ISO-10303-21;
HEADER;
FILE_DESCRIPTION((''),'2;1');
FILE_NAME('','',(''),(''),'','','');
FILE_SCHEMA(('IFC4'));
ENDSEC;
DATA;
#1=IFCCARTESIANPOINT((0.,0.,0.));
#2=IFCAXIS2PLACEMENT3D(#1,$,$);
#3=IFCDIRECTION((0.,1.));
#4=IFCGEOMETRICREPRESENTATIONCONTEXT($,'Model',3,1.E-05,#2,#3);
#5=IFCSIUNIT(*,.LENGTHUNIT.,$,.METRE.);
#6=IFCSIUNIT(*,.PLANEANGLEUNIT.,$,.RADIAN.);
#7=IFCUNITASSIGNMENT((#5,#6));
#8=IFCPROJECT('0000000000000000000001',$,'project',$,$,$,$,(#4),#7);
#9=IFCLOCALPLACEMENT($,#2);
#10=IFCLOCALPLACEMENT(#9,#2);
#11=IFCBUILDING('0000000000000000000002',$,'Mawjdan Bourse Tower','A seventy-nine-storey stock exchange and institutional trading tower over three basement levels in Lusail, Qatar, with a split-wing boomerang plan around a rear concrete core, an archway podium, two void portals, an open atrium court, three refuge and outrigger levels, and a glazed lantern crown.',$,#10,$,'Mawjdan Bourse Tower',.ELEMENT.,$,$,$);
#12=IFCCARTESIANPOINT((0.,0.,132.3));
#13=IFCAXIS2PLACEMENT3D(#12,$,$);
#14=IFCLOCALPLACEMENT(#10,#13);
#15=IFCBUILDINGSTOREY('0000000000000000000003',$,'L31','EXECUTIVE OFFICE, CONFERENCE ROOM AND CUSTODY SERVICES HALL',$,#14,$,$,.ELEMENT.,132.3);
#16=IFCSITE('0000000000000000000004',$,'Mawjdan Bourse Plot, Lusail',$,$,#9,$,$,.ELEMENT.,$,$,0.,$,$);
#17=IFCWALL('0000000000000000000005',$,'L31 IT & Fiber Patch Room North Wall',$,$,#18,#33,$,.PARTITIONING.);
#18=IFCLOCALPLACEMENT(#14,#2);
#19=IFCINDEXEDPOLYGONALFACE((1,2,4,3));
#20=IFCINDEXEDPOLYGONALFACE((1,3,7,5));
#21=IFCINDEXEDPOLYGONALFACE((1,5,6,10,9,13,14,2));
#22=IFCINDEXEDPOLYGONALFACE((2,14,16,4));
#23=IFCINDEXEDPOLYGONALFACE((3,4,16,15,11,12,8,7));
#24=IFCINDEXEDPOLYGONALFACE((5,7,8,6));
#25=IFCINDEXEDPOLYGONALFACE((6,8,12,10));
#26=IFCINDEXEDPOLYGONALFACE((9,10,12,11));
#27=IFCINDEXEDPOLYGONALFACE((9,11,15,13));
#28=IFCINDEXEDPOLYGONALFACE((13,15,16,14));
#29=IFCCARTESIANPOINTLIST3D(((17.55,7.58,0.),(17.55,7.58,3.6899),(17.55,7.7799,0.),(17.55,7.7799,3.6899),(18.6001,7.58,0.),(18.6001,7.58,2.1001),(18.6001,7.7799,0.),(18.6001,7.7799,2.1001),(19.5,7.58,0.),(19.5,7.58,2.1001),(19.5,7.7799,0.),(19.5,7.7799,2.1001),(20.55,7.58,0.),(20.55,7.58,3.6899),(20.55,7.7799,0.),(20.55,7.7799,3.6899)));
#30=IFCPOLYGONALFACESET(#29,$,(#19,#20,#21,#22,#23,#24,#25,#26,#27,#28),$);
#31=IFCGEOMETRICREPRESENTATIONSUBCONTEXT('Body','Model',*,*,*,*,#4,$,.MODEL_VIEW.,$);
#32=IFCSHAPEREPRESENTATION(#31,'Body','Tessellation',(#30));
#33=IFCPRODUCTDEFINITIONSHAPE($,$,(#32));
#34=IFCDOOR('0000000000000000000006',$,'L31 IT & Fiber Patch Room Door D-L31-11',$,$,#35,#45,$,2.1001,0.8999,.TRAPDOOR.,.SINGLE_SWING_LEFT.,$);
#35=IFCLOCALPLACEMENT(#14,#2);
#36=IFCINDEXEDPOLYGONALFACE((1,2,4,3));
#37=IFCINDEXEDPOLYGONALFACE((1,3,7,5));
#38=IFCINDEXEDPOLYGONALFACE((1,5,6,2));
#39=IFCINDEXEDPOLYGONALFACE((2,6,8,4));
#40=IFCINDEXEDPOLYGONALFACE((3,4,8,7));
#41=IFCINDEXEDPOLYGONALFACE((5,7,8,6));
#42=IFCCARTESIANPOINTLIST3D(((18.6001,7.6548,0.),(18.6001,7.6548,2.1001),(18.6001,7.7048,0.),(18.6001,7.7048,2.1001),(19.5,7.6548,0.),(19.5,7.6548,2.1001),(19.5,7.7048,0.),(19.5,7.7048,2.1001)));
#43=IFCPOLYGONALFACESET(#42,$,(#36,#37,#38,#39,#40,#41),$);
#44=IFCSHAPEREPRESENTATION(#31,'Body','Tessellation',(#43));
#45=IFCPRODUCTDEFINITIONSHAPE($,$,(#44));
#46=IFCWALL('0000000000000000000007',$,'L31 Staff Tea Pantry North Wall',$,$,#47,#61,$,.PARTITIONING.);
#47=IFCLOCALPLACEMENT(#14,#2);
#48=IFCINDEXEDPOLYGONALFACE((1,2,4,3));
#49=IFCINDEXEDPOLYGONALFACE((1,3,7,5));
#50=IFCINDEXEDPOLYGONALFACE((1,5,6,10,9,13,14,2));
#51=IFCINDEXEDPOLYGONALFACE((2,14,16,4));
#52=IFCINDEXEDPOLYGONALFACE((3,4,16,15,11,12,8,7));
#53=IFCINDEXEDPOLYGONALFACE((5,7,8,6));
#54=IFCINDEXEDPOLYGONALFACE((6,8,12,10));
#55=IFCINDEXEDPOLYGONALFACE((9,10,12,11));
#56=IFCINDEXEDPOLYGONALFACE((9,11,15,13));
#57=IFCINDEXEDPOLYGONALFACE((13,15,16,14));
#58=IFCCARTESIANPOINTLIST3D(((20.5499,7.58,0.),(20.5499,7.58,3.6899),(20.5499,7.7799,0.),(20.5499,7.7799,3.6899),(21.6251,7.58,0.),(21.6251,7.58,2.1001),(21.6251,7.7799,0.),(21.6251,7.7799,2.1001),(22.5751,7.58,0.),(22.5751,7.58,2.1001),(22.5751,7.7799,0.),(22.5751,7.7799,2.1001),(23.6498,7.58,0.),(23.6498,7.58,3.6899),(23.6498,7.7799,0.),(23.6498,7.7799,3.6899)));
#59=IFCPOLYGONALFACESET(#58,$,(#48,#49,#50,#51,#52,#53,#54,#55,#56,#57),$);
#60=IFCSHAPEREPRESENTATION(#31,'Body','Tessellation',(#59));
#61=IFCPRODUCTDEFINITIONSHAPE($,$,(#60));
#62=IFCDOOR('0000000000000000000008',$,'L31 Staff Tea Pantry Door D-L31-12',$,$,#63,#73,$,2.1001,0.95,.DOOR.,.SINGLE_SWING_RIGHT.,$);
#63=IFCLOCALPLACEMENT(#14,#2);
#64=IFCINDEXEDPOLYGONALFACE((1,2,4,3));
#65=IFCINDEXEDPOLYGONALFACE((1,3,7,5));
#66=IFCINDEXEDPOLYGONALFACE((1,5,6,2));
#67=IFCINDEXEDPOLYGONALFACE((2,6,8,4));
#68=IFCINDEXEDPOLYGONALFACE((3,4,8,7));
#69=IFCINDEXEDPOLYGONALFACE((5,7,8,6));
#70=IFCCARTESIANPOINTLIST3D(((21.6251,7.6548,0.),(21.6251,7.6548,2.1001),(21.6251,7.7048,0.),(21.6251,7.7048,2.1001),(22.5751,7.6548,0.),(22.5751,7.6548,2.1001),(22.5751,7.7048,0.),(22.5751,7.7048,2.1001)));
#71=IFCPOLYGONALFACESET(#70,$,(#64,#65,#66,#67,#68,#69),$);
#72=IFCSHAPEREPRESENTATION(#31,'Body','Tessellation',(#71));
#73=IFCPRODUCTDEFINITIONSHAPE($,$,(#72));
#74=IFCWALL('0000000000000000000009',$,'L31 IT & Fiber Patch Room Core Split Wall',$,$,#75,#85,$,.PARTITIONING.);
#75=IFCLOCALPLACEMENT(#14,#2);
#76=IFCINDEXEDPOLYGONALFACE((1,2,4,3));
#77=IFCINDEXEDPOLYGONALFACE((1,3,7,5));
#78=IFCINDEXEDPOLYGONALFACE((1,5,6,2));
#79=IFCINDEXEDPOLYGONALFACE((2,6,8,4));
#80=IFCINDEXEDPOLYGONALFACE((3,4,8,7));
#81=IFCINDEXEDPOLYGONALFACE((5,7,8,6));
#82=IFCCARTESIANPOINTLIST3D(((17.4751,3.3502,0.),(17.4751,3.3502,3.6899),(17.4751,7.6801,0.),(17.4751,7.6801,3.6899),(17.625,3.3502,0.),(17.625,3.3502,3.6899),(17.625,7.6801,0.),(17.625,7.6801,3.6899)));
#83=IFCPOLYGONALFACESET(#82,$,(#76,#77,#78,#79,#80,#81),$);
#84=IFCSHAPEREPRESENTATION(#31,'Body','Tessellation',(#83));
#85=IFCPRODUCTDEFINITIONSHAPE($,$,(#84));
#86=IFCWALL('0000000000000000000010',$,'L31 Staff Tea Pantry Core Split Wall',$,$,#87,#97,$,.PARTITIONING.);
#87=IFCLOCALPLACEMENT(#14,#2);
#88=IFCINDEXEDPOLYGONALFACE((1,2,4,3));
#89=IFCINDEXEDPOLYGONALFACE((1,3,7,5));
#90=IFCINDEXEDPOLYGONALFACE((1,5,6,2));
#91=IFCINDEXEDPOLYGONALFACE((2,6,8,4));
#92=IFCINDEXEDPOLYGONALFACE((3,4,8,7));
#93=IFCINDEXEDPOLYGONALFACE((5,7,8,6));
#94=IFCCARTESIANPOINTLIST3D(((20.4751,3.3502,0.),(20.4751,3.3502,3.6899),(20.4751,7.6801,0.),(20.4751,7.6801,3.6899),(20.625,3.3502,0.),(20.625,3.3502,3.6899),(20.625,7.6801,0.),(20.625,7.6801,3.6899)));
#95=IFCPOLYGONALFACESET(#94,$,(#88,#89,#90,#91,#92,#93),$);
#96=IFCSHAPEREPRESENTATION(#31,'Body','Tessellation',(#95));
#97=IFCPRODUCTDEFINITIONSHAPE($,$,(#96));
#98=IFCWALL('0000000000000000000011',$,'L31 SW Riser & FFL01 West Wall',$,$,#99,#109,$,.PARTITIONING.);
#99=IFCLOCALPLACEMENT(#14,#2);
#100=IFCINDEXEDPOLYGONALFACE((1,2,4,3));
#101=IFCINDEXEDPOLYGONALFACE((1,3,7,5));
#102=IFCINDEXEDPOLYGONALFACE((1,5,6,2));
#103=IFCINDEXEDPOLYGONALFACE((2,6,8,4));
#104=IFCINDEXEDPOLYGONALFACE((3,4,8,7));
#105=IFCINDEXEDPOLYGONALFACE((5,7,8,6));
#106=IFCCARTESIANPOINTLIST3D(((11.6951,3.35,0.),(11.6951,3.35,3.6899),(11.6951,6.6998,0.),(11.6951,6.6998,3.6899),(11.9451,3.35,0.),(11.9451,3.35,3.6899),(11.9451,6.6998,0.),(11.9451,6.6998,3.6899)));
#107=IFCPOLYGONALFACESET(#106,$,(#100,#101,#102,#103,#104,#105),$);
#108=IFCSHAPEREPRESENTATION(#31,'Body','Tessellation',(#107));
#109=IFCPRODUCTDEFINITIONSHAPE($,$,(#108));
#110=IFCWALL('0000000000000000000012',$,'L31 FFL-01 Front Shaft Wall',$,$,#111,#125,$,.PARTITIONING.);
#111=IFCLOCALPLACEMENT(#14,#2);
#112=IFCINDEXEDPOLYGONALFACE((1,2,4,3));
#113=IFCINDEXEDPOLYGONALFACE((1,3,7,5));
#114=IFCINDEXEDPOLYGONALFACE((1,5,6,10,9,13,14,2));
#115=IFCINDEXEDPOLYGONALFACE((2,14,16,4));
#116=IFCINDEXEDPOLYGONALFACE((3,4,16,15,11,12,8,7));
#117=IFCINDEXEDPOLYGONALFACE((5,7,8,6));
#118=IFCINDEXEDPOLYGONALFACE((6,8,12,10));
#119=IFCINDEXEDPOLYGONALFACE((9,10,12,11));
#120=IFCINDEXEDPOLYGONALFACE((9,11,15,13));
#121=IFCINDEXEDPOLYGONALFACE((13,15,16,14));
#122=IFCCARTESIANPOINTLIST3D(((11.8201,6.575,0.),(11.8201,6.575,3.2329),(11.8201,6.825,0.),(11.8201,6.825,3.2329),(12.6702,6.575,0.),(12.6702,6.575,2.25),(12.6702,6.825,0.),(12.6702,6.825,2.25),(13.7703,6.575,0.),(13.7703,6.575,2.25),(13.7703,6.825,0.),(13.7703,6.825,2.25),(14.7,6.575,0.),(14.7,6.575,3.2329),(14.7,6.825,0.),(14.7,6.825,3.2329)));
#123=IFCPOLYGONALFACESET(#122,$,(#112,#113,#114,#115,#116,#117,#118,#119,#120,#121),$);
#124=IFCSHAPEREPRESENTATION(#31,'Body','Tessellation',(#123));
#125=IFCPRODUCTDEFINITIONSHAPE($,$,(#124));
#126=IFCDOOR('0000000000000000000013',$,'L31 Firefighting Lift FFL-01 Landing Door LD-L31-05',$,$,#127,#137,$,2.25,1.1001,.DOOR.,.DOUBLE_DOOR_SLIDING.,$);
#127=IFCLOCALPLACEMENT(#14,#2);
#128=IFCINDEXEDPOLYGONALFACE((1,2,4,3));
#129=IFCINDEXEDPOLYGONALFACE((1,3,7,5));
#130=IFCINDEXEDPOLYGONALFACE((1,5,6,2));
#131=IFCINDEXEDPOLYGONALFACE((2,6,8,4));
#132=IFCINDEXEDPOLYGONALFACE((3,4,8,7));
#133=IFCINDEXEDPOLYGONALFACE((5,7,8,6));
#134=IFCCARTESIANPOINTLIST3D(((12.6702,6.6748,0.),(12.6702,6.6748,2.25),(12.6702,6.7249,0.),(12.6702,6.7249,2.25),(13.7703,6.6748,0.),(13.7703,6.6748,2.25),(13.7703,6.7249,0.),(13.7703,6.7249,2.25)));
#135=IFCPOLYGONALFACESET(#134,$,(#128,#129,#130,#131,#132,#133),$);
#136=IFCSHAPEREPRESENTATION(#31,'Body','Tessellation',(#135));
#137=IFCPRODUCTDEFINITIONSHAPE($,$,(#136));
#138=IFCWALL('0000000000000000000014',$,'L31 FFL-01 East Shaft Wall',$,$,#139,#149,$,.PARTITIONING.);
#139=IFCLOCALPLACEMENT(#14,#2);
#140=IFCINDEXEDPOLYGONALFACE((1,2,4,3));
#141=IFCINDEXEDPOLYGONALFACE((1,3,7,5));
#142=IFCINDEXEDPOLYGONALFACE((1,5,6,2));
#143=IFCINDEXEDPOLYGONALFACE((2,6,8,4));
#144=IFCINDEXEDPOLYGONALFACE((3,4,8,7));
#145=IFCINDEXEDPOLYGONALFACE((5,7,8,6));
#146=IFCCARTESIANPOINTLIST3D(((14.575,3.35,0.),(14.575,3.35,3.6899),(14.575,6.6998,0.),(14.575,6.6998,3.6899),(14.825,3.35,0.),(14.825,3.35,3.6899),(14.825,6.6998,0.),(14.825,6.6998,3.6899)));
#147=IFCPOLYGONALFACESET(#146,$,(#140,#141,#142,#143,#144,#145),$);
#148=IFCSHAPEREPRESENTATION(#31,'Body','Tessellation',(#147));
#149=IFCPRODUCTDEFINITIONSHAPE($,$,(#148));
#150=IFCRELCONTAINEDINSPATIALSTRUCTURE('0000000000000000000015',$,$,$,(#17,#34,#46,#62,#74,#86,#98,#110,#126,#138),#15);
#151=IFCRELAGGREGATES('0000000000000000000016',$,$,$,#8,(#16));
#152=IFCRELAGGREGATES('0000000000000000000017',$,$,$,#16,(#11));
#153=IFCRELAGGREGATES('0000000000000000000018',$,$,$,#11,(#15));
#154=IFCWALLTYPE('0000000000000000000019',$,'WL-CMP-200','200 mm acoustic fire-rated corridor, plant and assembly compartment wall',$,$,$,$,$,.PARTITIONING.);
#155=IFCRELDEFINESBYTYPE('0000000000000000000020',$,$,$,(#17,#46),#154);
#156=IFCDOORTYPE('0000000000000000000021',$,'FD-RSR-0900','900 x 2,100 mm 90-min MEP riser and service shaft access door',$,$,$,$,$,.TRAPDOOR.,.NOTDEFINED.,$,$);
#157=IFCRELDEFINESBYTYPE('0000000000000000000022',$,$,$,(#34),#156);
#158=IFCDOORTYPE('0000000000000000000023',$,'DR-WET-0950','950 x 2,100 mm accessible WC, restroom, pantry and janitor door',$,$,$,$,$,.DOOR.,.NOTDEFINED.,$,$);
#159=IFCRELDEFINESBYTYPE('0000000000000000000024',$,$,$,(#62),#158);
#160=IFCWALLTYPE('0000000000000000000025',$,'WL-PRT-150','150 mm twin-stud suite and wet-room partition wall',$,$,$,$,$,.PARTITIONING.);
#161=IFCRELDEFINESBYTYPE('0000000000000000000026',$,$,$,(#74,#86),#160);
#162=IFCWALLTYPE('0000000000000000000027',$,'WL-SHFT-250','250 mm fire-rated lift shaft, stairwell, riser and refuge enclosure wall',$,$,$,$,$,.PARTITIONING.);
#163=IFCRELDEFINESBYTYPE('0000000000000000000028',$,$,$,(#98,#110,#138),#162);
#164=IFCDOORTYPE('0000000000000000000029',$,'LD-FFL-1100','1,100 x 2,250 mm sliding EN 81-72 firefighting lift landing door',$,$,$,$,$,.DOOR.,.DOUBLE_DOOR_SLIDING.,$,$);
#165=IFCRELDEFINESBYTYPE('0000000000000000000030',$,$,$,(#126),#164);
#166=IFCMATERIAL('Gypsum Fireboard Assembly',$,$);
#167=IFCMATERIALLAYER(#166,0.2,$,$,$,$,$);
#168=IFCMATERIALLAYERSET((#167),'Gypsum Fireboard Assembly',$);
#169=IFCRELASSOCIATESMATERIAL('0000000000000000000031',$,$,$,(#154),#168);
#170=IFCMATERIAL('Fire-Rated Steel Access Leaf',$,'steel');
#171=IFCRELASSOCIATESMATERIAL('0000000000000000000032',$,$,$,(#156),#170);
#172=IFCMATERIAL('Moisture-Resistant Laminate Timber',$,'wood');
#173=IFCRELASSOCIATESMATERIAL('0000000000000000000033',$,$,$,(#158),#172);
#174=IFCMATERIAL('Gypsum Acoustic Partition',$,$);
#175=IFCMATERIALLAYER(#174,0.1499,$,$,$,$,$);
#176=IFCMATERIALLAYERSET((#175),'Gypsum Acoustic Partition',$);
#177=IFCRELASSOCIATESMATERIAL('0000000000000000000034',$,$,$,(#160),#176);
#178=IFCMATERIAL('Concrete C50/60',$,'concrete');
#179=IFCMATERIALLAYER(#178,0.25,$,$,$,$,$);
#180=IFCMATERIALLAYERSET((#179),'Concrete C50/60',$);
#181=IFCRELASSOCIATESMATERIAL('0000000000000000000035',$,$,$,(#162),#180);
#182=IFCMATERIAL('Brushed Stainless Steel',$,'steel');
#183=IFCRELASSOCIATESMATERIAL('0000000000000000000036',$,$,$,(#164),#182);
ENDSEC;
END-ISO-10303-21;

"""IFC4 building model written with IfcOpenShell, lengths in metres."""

from ifc_helpers import new_model, si_unit, direction, frame, frame_2d, origin, place, context, subcontext, project, spatial, rectangle, extrude, material, layer, layer_set, type_object, element, fill, save


model = new_model("IFC4")

# Units and contexts
model_context = context("Model", 3, precision=1e-05, world=origin(), true_north=direction((0.0, 1.0)))
body_context = subcontext(model_context, "Body", "Model", "MODEL_VIEW")
ifc_project = project(units=[si_unit("LENGTHUNIT", "METRE"), si_unit("PLANEANGLEUNIT", "RADIAN")], contexts=[model_context])

# Site, building, storey
site_placement = place(None, origin())
site = spatial("IfcSite", under=ifc_project, at=site_placement, Name="Mawjdan Bourse Plot, Lusail", CompositionType="ELEMENT", RefElevation=0.0)
building_placement = place(site_placement, origin())
building = spatial("IfcBuilding", under=site, at=building_placement, Name="Mawjdan Bourse Tower", Description="A seventy-nine-storey stock exchange and institutional trading tower over three basement levels in Lusail, Qatar, with a split-wing boomerang plan around a rear concrete core, an archway podium, two void portals, an open atrium court, three refuge and outrigger levels, and a glazed lantern crown.", LongName="Mawjdan Bourse Tower", CompositionType="ELEMENT")
storey_placement = place(building_placement, frame((0.0, 0.0, 132.3)))
storey = spatial("IfcBuildingStorey", under=building, at=storey_placement, Name="L31", Description="EXECUTIVE OFFICE, CONFERENCE ROOM AND CUSTODY SERVICES HALL", CompositionType="ELEMENT", Elevation=132.3)

# Walls, openings, doors
ifc_material_1 = material(Name="Gypsum Fireboard Assembly")
ifc_layer_1 = layer(ifc_material_1, 0.2)
ifc_layer_set_1 = layer_set([ifc_layer_1], Name="Gypsum Fireboard Assembly")
wall_type_1 = type_object("IfcWallType", Name="WL-CMP-200", Description="200 mm acoustic fire-rated corridor, plant and assembly compartment wall", PredefinedType="PARTITIONING", material=ifc_layer_set_1)
wall_1_placement = place(storey_placement, frame((17.55, 7.6799, 0.0), z_axis=(0.0, 0.0, 1.0), x_axis=(1.0, 0.0, 0.0)))
wall_1 = element("IfcWall", 1, at=wall_1_placement, inside=storey, type_object=wall_type_1, Name="L31 IT & Fiber Patch Room North Wall", PredefinedType="PARTITIONING", context=body_context, shape_type="SweptSolid", body=[
    extrude(rectangle(XDim=3.0, YDim=0.2, at=frame_2d((1.5, 0.0))), origin(), (0.0, 0.0, 1.0), 3.6899),
])
opening_1_placement = place(wall_1_placement, frame((1.05, 0.0, 0.0)))
opening_1 = element("IfcOpeningElement", 2, at=opening_1_placement, cuts=wall_1, PredefinedType="OPENING", context=body_context, shape_type="SweptSolid", body=[
    extrude(rectangle(XDim=0.8999, YDim=2.1001, at=frame_2d((0.45, 1.05))), frame((0.0, 0.1099, 0.0), z_axis=(0.0, -1.0, 0.0), x_axis=(1.0, 0.0, 0.0)), (0.0, 0.0, 1.0), 0.22),
])
ifc_material_2 = material(Name="Fire-Rated Steel Access Leaf", Category="steel")
door_type_1 = type_object("IfcDoorType", Name="FD-RSR-0900", Description="900 x 2,100 mm 90-min MEP riser and service shaft access door", OperationType="NOTDEFINED", PredefinedType="TRAPDOOR", material=ifc_material_2)
door_1_placement = place(opening_1_placement, origin())
door_1 = element("IfcDoor", 3, at=door_1_placement, inside=storey, type_object=door_type_1, Name="L31 IT & Fiber Patch Room Door D-L31-11", OperationType="SINGLE_SWING_LEFT", OverallHeight=2.1001, OverallWidth=0.8999, PredefinedType="TRAPDOOR", context=body_context, shape_type="SweptSolid", body=[
    extrude(rectangle(XDim=0.8999, YDim=2.1001, at=frame_2d((0.45, 1.05))), frame((0.0, 0.0249, 0.0), z_axis=(0.0, -1.0, 0.0), x_axis=(1.0, 0.0, 0.0)), (0.0, 0.0, 1.0), 0.05),
])
fill(opening_1, door_1)
wall_2_placement = place(storey_placement, frame((20.55, 7.6799, 0.0), z_axis=(0.0, 0.0, 1.0), x_axis=(1.0, 0.0, 0.0)))
wall_2 = element("IfcWall", 4, at=wall_2_placement, inside=storey, type_object=wall_type_1, Name="L31 Staff Tea Pantry North Wall", PredefinedType="PARTITIONING", context=body_context, shape_type="SweptSolid", body=[
    extrude(rectangle(XDim=3.0999, YDim=0.2, at=frame_2d((1.5498, 0.0))), origin(), (0.0, 0.0, 1.0), 3.6899),
])
opening_2_placement = place(wall_2_placement, frame((1.075, 0.0, 0.0)))
opening_2 = element("IfcOpeningElement", 5, at=opening_2_placement, cuts=wall_2, PredefinedType="OPENING", context=body_context, shape_type="SweptSolid", body=[
    extrude(rectangle(XDim=0.95, YDim=2.1001, at=frame_2d((0.4751, 1.05))), frame((0.0, 0.1099, 0.0), z_axis=(0.0, -1.0, 0.0), x_axis=(1.0, 0.0, 0.0)), (0.0, 0.0, 1.0), 0.22),
])
ifc_material_3 = material(Name="Moisture-Resistant Laminate Timber", Category="wood")
door_type_2 = type_object("IfcDoorType", Name="DR-WET-0950", Description="950 x 2,100 mm accessible WC, restroom, pantry and janitor door", OperationType="NOTDEFINED", PredefinedType="DOOR", material=ifc_material_3)
door_2_placement = place(opening_2_placement, origin())
door_2 = element("IfcDoor", 6, at=door_2_placement, inside=storey, type_object=door_type_2, Name="L31 Staff Tea Pantry Door D-L31-12", OperationType="SINGLE_SWING_RIGHT", OverallHeight=2.1001, OverallWidth=0.95, PredefinedType="DOOR", context=body_context, shape_type="SweptSolid", body=[
    extrude(rectangle(XDim=0.95, YDim=2.1001, at=frame_2d((0.4751, 1.05))), frame((0.0, 0.0249, 0.0), z_axis=(0.0, -1.0, 0.0), x_axis=(1.0, 0.0, 0.0)), (0.0, 0.0, 1.0), 0.05),
])
fill(opening_2, door_2)

# Walls
ifc_material_4 = material(Name="Gypsum Acoustic Partition")
ifc_layer_2 = layer(ifc_material_4, 0.1499)
ifc_layer_set_2 = layer_set([ifc_layer_2], Name="Gypsum Acoustic Partition")
wall_type_2 = type_object("IfcWallType", Name="WL-PRT-150", Description="150 mm twin-stud suite and wet-room partition wall", PredefinedType="PARTITIONING", material=ifc_layer_set_2)
for number, where, z_axis, x_axis, name in (
    (7, (17.55, 3.3501, 0.0), (0.0, 0.0, 1.0), (0.0, 1.0, 0.0), "L31 IT & Fiber Patch Room Core Split Wall"),
    (8, (20.55, 3.3501, 0.0), (0.0, 0.0, 1.0), (0.0, 1.0, 0.0), "L31 Staff Tea Pantry Core Split Wall"),
):
    element("IfcWall", number, at=place(storey_placement, frame(where, z_axis=z_axis, x_axis=x_axis)), inside=storey, type_object=wall_type_2, Name=name, PredefinedType="PARTITIONING", context=body_context, shape_type="SweptSolid", body=[
        extrude(rectangle(XDim=4.3298, YDim=0.1499, at=frame_2d((2.165, 0.0))), origin(), (0.0, 0.0, 1.0), 3.6899),
    ])
ifc_material_5 = material(Name="Concrete C50/60", Category="concrete")
ifc_layer_3 = layer(ifc_material_5, 0.25)
ifc_layer_set_3 = layer_set([ifc_layer_3], Name="Concrete C50/60")
wall_type_3 = type_object("IfcWallType", Name="WL-SHFT-250", Description="250 mm fire-rated lift shaft, stairwell, riser and refuge enclosure wall", PredefinedType="PARTITIONING", material=ifc_layer_set_3)
wall_3_placement = place(storey_placement, frame((11.8201, 3.3501, 0.0), z_axis=(0.0, 0.0, 1.0), x_axis=(0.0, 1.0, 0.0)))
element("IfcWall", 9, at=wall_3_placement, inside=storey, type_object=wall_type_3, Name="L31 SW Riser & FFL01 West Wall", PredefinedType="PARTITIONING", context=body_context, shape_type="SweptSolid", body=[
    extrude(rectangle(XDim=3.3499, YDim=0.25, at=frame_2d((1.6748, 0.0))), origin(), (0.0, 0.0, 1.0), 3.6899),
])

# Wall, opening, door
wall_4_placement = place(storey_placement, frame((11.8201, 6.7, 0.0), z_axis=(0.0, 0.0, 1.0), x_axis=(1.0, 0.0, 0.0)))
wall_4 = element("IfcWall", 10, at=wall_4_placement, inside=storey, type_object=wall_type_3, Name="L31 FFL-01 Front Shaft Wall", PredefinedType="PARTITIONING", context=body_context, shape_type="SweptSolid", body=[
    extrude(rectangle(XDim=2.8799, YDim=0.25, at=frame_2d((1.4399, 0.0))), origin(), (0.0, 0.0, 1.0), 3.2329),
])
opening_3_placement = place(wall_4_placement, frame((0.8501, 0.0, 0.0)))
opening_3 = element("IfcOpeningElement", 11, at=opening_3_placement, cuts=wall_4, PredefinedType="OPENING", context=body_context, shape_type="SweptSolid", body=[
    extrude(rectangle(XDim=1.1001, YDim=2.25, at=frame_2d((0.55, 1.125))), frame((0.0, 0.135, 0.0), z_axis=(0.0, -1.0, 0.0), x_axis=(1.0, 0.0, 0.0)), (0.0, 0.0, 1.0), 0.27),
])
ifc_material_6 = material(Name="Brushed Stainless Steel", Category="steel")
door_type_3 = type_object("IfcDoorType", Name="LD-FFL-1100", Description="1,100 x 2,250 mm sliding EN 81-72 firefighting lift landing door", OperationType="DOUBLE_DOOR_SLIDING", PredefinedType="DOOR", material=ifc_material_6)
door_3_placement = place(opening_3_placement, origin())
door_3 = element("IfcDoor", 12, at=door_3_placement, inside=storey, type_object=door_type_3, Name="L31 Firefighting Lift FFL-01 Landing Door LD-L31-05", OperationType="DOUBLE_DOOR_SLIDING", OverallHeight=2.25, OverallWidth=1.1001, PredefinedType="DOOR", context=body_context, shape_type="SweptSolid", body=[
    extrude(rectangle(XDim=1.1001, YDim=2.25, at=frame_2d((0.55, 1.125))), frame((0.0, 0.0249, 0.0), z_axis=(0.0, -1.0, 0.0), x_axis=(1.0, 0.0, 0.0)), (0.0, 0.0, 1.0), 0.05),
])
fill(opening_3, door_3)

# Wall
wall_5_placement = place(storey_placement, frame((14.7, 3.3501, 0.0), z_axis=(0.0, 0.0, 1.0), x_axis=(0.0, 1.0, 0.0)))
element("IfcWall", 13, at=wall_5_placement, inside=storey, type_object=wall_type_3, Name="L31 FFL-01 East Shaft Wall", PredefinedType="PARTITIONING", context=body_context, shape_type="SweptSolid", body=[
    extrude(rectangle(XDim=3.3499, YDim=0.25, at=frame_2d((1.6748, 0.0))), origin(), (0.0, 0.0, 1.0), 3.6899),
])

save(model, "model.ifc")
